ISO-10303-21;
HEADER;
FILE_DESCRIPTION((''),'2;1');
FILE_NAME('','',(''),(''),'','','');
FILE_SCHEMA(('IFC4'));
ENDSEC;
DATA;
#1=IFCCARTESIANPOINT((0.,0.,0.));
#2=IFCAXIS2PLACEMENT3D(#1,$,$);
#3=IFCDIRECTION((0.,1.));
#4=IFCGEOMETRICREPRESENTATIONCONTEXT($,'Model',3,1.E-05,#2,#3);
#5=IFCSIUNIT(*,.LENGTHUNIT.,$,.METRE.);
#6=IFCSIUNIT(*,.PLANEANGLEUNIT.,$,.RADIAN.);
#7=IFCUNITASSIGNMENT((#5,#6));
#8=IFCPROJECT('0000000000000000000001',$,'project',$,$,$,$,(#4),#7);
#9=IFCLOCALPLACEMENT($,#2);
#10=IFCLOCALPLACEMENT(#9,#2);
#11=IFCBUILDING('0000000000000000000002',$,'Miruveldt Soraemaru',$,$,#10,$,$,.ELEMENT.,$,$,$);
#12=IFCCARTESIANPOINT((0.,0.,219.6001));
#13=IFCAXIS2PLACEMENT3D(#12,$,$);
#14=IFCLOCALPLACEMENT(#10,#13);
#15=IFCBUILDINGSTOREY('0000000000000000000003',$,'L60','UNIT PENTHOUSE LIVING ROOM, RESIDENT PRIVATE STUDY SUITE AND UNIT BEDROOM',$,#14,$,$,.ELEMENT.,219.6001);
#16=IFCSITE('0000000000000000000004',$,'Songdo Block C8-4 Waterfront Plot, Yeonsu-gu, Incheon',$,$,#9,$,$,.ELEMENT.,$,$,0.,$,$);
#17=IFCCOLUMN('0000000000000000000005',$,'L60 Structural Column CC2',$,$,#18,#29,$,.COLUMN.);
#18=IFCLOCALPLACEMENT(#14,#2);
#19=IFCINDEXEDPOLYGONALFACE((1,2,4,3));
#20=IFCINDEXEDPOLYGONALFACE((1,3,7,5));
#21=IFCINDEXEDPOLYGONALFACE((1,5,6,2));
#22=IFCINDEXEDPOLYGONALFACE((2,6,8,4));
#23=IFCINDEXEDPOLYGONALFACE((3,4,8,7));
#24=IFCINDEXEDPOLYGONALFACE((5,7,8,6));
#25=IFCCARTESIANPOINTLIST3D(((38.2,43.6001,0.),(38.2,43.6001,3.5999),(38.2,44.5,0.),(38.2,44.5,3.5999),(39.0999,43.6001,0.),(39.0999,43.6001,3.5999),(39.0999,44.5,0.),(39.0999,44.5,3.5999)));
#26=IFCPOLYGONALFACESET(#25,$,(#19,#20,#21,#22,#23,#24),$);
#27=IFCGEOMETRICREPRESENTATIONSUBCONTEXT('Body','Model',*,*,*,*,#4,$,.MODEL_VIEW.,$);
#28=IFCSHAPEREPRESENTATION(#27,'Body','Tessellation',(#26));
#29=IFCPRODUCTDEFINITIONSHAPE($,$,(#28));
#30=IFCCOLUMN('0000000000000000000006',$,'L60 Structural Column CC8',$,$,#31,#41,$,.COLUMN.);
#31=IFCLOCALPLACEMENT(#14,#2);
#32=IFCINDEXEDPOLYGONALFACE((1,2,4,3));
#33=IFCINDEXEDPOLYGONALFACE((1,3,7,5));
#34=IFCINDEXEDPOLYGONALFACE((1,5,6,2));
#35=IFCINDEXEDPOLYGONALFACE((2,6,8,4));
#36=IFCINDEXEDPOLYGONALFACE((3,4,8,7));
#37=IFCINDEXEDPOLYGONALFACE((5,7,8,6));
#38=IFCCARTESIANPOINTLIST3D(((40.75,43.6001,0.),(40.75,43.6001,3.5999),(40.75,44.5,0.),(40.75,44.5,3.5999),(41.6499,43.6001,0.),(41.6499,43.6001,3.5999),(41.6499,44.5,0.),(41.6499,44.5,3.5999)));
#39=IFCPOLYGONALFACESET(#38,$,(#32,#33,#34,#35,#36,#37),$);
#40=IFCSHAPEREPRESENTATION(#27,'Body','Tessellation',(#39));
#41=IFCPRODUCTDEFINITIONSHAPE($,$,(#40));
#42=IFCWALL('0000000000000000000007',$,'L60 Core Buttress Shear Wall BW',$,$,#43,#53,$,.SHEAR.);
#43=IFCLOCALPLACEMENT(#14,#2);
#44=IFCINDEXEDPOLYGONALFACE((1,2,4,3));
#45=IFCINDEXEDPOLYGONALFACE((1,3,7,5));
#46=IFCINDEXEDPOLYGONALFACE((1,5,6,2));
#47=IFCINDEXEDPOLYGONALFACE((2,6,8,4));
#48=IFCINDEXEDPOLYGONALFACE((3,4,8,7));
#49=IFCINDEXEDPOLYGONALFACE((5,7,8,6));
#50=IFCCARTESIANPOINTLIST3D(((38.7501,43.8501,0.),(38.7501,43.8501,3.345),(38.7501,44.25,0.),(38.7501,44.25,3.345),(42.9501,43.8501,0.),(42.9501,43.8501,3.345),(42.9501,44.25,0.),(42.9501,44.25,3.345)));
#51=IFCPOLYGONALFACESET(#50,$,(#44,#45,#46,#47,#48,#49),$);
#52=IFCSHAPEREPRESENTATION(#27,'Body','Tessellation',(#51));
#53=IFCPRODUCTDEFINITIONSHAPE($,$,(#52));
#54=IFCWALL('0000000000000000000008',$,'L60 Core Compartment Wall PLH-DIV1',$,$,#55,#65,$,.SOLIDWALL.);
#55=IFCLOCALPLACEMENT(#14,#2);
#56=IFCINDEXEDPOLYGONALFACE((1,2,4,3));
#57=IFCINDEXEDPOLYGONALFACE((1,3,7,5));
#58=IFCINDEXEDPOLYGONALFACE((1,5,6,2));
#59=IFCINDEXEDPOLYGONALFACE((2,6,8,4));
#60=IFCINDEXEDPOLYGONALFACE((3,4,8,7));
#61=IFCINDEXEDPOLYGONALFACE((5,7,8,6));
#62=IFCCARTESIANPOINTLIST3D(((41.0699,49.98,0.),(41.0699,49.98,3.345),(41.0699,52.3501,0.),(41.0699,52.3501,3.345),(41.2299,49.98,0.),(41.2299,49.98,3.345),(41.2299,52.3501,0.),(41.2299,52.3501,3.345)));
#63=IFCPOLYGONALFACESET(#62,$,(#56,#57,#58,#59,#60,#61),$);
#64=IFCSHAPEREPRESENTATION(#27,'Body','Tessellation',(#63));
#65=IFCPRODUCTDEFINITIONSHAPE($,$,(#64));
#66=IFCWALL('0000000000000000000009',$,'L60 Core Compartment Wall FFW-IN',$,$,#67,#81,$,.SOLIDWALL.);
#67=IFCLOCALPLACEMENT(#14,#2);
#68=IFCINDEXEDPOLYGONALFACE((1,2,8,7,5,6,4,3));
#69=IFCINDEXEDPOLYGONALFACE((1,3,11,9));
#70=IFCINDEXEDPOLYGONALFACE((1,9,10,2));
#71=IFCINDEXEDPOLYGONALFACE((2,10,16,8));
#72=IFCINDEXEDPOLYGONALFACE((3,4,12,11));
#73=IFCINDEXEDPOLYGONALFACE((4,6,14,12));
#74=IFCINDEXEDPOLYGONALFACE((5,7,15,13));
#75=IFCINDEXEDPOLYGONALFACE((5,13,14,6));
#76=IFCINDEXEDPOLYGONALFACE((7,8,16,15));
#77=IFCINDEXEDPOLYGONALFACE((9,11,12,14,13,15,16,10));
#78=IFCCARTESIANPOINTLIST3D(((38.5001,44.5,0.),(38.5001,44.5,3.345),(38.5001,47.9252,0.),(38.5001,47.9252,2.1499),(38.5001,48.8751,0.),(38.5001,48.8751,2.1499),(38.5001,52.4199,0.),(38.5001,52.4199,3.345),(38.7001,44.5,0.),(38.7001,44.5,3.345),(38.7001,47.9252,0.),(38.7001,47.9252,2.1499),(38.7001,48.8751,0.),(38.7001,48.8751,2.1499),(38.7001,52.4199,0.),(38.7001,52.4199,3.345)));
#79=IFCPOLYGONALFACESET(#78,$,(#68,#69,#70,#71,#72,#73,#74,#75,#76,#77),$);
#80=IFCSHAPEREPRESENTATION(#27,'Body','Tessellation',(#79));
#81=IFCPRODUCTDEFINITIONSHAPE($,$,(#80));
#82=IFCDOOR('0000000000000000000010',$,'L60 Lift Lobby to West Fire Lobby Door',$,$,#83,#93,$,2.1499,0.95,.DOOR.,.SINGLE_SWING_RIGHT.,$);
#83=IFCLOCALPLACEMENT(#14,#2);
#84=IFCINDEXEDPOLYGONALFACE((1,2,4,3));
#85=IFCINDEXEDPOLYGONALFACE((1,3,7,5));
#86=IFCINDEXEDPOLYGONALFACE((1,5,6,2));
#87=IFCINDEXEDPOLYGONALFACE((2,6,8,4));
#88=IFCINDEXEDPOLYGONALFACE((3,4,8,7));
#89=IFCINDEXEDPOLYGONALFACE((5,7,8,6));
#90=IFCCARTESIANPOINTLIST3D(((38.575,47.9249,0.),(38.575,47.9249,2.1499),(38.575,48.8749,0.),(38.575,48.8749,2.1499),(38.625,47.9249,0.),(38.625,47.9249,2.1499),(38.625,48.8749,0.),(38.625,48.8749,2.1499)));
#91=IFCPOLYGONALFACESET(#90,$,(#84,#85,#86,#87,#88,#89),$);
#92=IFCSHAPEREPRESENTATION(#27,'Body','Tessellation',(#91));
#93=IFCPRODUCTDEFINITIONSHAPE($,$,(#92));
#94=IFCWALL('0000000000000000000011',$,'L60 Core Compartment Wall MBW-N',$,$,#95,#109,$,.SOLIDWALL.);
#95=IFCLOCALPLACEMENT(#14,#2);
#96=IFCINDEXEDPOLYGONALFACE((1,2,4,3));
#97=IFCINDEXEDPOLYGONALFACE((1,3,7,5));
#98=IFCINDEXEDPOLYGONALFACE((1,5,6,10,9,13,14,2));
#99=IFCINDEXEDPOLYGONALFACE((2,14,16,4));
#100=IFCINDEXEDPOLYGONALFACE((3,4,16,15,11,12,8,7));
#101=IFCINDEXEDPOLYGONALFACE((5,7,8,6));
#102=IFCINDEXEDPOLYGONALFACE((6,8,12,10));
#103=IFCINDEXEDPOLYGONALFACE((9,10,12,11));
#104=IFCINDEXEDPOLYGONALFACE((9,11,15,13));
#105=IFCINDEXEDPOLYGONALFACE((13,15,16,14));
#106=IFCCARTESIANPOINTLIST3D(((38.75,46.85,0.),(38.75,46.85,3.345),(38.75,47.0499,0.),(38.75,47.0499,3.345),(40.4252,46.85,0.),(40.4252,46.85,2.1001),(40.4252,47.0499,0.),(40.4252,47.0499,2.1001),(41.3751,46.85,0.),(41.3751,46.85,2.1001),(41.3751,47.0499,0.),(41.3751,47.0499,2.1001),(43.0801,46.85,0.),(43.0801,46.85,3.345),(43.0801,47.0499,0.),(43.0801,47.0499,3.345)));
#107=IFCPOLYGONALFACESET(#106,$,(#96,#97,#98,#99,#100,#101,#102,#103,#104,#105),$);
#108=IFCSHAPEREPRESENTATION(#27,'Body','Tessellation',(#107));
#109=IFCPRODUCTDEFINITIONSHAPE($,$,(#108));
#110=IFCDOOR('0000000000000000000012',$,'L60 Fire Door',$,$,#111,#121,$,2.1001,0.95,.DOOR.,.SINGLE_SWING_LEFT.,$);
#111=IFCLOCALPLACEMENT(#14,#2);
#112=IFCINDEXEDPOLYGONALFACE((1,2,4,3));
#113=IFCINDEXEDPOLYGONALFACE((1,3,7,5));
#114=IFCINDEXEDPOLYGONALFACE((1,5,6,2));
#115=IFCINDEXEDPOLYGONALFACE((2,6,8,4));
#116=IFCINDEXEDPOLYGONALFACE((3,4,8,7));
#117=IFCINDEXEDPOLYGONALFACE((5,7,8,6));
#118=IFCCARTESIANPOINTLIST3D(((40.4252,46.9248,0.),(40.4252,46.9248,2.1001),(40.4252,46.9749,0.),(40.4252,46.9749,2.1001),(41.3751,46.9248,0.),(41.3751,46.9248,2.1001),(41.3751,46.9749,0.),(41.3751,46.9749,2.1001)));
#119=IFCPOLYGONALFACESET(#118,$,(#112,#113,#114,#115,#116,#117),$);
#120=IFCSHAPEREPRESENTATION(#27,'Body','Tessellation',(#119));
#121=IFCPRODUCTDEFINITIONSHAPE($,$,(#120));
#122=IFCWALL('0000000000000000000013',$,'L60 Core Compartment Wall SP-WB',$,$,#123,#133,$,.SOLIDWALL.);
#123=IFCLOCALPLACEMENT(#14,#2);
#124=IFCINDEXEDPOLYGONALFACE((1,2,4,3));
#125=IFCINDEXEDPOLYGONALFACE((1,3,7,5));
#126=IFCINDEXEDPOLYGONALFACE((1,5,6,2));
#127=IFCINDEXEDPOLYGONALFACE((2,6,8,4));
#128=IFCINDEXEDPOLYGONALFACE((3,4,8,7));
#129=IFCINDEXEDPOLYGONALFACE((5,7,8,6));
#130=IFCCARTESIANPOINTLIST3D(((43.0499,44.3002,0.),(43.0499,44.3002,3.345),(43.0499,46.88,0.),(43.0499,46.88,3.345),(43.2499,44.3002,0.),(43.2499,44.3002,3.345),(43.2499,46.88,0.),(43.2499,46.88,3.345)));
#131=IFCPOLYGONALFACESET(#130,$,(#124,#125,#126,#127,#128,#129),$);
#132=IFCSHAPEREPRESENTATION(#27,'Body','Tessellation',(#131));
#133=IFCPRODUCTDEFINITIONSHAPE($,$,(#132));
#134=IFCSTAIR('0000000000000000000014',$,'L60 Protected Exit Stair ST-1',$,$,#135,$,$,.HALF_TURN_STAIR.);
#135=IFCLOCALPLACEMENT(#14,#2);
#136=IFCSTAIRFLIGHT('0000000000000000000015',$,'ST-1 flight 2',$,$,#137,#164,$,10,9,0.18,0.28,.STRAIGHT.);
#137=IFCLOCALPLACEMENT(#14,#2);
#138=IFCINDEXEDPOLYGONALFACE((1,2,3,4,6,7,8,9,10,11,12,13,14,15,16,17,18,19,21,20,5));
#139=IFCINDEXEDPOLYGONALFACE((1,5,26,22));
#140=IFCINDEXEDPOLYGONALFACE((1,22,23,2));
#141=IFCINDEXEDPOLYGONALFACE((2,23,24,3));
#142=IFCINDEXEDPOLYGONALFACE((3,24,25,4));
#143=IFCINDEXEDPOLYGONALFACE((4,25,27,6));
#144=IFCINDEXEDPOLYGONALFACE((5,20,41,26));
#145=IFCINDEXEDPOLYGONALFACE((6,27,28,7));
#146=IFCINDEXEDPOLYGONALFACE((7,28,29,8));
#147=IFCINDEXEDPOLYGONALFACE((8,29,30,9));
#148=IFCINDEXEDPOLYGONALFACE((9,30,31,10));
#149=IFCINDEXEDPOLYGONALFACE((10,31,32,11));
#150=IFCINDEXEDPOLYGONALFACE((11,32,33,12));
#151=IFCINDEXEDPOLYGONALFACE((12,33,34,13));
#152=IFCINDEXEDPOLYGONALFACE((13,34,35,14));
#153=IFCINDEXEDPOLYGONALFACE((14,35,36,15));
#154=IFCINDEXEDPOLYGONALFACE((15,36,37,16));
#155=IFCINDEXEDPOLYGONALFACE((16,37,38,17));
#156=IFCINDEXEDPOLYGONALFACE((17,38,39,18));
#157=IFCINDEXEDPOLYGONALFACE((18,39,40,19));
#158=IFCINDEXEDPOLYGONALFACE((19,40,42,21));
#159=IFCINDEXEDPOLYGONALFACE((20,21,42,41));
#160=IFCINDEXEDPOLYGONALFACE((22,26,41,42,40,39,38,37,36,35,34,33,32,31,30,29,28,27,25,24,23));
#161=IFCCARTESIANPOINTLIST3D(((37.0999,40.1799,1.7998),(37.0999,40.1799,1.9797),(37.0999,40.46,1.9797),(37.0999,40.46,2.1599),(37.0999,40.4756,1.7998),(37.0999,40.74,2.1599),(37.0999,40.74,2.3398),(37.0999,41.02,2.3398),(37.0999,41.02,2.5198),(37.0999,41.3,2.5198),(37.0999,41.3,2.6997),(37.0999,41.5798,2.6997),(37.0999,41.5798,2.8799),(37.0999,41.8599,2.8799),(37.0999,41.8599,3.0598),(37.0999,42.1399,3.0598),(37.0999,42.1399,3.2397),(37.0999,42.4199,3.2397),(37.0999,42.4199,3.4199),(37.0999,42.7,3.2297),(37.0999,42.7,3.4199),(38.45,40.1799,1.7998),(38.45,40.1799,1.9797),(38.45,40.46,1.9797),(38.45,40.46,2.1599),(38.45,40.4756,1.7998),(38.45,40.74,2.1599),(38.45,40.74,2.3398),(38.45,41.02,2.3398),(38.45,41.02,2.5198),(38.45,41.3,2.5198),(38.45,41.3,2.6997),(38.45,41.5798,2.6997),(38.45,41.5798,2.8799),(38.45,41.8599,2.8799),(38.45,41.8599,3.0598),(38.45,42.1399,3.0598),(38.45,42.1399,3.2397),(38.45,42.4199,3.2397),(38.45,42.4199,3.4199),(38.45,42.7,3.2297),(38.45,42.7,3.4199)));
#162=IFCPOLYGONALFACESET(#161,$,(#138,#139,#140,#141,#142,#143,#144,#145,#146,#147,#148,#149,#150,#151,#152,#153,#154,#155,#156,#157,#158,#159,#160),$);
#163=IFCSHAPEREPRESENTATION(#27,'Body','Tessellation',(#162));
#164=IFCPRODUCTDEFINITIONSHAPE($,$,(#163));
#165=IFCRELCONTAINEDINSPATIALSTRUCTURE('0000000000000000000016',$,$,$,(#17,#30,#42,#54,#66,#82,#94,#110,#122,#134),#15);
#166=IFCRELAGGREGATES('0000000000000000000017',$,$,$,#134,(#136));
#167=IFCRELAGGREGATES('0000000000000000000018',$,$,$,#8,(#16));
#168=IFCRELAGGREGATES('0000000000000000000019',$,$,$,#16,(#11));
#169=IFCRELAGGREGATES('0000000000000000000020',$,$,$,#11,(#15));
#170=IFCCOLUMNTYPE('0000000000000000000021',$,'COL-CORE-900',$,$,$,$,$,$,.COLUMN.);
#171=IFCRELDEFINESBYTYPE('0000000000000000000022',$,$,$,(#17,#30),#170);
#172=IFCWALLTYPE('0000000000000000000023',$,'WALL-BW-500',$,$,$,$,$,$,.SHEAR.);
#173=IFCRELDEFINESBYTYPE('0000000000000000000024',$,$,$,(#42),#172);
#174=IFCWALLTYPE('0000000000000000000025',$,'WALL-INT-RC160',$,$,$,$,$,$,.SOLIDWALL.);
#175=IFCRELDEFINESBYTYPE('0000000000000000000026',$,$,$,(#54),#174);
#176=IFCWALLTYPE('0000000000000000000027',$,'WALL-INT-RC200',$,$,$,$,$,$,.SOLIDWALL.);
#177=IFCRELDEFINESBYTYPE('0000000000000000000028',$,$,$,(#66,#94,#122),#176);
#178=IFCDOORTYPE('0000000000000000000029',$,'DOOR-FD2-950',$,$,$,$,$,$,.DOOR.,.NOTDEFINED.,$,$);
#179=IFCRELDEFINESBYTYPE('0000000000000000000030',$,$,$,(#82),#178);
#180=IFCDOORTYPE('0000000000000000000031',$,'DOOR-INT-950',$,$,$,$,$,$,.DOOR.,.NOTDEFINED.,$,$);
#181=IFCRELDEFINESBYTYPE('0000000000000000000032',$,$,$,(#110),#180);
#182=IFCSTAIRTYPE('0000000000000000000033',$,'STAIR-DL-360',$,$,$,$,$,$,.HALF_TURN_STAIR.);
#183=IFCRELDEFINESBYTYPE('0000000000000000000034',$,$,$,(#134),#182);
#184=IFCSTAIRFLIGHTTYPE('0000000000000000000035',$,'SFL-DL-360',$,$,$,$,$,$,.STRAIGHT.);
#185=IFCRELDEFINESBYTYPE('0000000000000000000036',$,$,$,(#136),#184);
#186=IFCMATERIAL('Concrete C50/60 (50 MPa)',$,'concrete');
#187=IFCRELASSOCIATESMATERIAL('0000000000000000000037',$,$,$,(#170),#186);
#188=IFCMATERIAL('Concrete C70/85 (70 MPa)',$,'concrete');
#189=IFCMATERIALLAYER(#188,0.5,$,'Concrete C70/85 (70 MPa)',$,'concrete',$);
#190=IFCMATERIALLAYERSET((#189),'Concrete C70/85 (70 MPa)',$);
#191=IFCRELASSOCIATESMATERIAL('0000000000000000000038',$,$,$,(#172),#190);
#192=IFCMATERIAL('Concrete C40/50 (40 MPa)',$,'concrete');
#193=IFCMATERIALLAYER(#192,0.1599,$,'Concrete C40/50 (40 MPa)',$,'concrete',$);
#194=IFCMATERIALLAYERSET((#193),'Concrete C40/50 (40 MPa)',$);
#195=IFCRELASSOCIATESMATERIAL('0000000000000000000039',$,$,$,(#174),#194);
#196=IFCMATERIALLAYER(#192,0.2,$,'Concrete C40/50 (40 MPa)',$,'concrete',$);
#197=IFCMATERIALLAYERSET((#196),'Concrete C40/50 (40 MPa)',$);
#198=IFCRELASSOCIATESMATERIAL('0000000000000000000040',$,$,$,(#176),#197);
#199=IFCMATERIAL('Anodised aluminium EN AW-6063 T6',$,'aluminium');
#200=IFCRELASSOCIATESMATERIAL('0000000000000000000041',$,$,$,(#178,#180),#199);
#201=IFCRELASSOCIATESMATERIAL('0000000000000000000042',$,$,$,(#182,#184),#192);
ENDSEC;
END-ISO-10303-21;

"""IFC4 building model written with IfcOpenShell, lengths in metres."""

from ifc_helpers import new_model, si_unit, direction, frame, frame_2d, origin, origin_2d, place, context, subcontext, project, spatial, polyline, rectangle, outline, extrude, material, layer, layer_set, material_profile, profile_set, type_object, element, fill, aggregate, save


model = new_model("IFC4")

# Units and contexts
model_context = context("Model", 3, precision=1e-05, world=origin(), true_north=direction((0.0, 1.0)))
body_context = subcontext(model_context, "Body", "Model", "MODEL_VIEW")
ifc_project = project(units=[si_unit("LENGTHUNIT", "METRE"), si_unit("PLANEANGLEUNIT", "RADIAN")], contexts=[model_context])

# Site, building, storey
site_placement = place(None, origin())
site = spatial("IfcSite", under=ifc_project, at=site_placement, Name="Songdo Block C8-4 Waterfront Plot, Yeonsu-gu, Incheon", CompositionType="ELEMENT", RefElevation=0.0)
building_placement = place(site_placement, origin())
building = spatial("IfcBuilding", under=site, at=building_placement, Name="Miruveldt Soraemaru", CompositionType="ELEMENT")
storey_placement = place(building_placement, frame((0.0, 0.0, 219.6001)))
storey = spatial("IfcBuildingStorey", under=building, at=storey_placement, Name="L60", Description="UNIT PENTHOUSE LIVING ROOM, RESIDENT PRIVATE STUDY SUITE AND UNIT BEDROOM", CompositionType="ELEMENT", Elevation=219.6001)

# Columns
ifc_material_1 = material(Name="Concrete C50/60 (50 MPa)", Category="concrete")
ifc_material_profile = material_profile(ifc_material_1, rectangle(XDim=0.8999, YDim=0.8999, at=origin_2d()), Name="Concrete C50/60 (50 MPa)", Category="concrete")
ifc_profile_set = profile_set([ifc_material_profile], Name="Concrete C50/60 (50 MPa)")
column_type = type_object("IfcColumnType", Name="COL-CORE-900", PredefinedType="COLUMN", material=ifc_profile_set)
for number, where, z_axis, x_axis, name in (
    (1, (38.6499, 44.05, 0.0), (0.0, 0.0, 1.0), (1.0, 0.0, 0.0), "L60 Structural Column CC2"),
    (2, (41.2, 44.05, 0.0), (0.0, 0.0, 1.0), (1.0, 0.0, 0.0), "L60 Structural Column CC8"),
):
    element("IfcColumn", number, at=place(storey_placement, frame(where, z_axis=z_axis, x_axis=x_axis)), inside=storey, type_object=column_type, Name=name, PredefinedType="COLUMN", context=body_context, shape_type="SweptSolid", body=[
        extrude(rectangle(XDim=0.8999, YDim=0.8999, at=origin_2d()), origin(), (0.0, 0.0, 1.0), 3.5999),
    ])

# Walls
ifc_material_2 = material(Name="Concrete C70/85 (70 MPa)", Category="concrete")
ifc_layer_1 = layer(ifc_material_2, 0.5, Name="Concrete C70/85 (70 MPa)", Category="concrete")
ifc_layer_set_1 = layer_set([ifc_layer_1], Name="Concrete C70/85 (70 MPa)")
wall_type_1 = type_object("IfcWallType", Name="WALL-BW-500", PredefinedType="SHEAR", material=ifc_layer_set_1)
wall_1_placement = place(storey_placement, frame((38.75, 44.05, 0.0), z_axis=(0.0, 0.0, 1.0), x_axis=(1.0, 0.0, 0.0)))
element("IfcWall", 3, at=wall_1_placement, inside=storey, type_object=wall_type_1, Name="L60 Core Buttress Shear Wall BW", PredefinedType="SHEAR", context=body_context, shape_type="SweptSolid", body=[
    extrude(rectangle(XDim=4.2, YDim=0.3999, at=frame_2d((2.1001, 0.0))), origin(), (0.0, 0.0, 1.0), 3.345),
])
ifc_material_3 = material(Name="Concrete C40/50 (40 MPa)", Category="concrete")
ifc_layer_2 = layer(ifc_material_3, 0.1599, Name="Concrete C40/50 (40 MPa)", Category="concrete")
ifc_layer_set_2 = layer_set([ifc_layer_2], Name="Concrete C40/50 (40 MPa)")
wall_type_2 = type_object("IfcWallType", Name="WALL-INT-RC160", PredefinedType="SOLIDWALL", material=ifc_layer_set_2)
wall_2_placement = place(storey_placement, frame((41.1499, 49.98, 0.0), z_axis=(0.0, 0.0, 1.0), x_axis=(0.0, 1.0, 0.0)))
element("IfcWall", 4, at=wall_2_placement, inside=storey, type_object=wall_type_2, Name="L60 Core Compartment Wall PLH-DIV1", PredefinedType="SOLIDWALL", context=body_context, shape_type="SweptSolid", body=[
    extrude(rectangle(XDim=2.3701, YDim=0.1599, at=frame_2d((1.1851, 0.0))), origin(), (0.0, 0.0, 1.0), 3.345),
])

# Wall, opening, door
ifc_layer_3 = layer(ifc_material_3, 0.2, Name="Concrete C40/50 (40 MPa)", Category="concrete")
ifc_layer_set_3 = layer_set([ifc_layer_3], Name="Concrete C40/50 (40 MPa)")
wall_type_3 = type_object("IfcWallType", Name="WALL-INT-RC200", PredefinedType="SOLIDWALL", material=ifc_layer_set_3)
wall_3_placement = place(storey_placement, frame((38.6001, 44.5, 0.0), z_axis=(0.0, 0.0, 1.0), x_axis=(0.0, 1.0, 0.0)))
wall_3 = element("IfcWall", 5, at=wall_3_placement, inside=storey, type_object=wall_type_3, Name="L60 Core Compartment Wall FFW-IN", PredefinedType="SOLIDWALL", context=body_context, shape_type="SweptSolid", body=[
    extrude(rectangle(XDim=7.9199, YDim=0.2, at=frame_2d((3.96, 0.0))), origin(), (0.0, 0.0, 1.0), 3.345),
])
opening_1_placement = place(wall_3_placement, frame((3.425, 0.0, 0.0)))
opening_1 = element("IfcOpeningElement", 6, at=opening_1_placement, cuts=wall_3, PredefinedType="OPENING", context=body_context, shape_type="SweptSolid", body=[
    extrude(rectangle(XDim=0.95, YDim=2.1499, at=frame_2d((0.4751, 1.075))), frame((0.0, 0.1099, 0.0), z_axis=(0.0, -1.0, 0.0), x_axis=(1.0, 0.0, 0.0)), (0.0, 0.0, 1.0), 0.22),
])
ifc_material_4 = material(Name="Anodised aluminium EN AW-6063 T6", Category="aluminium")
door_type_1 = type_object("IfcDoorType", Name="DOOR-FD2-950", OperationType="NOTDEFINED", PredefinedType="DOOR", material=ifc_material_4)
door_1_placement = place(opening_1_placement, frame((0.95, 0.0, 0.0), z_axis=(0.0, 0.0, 1.0), x_axis=(-1.0, 0.0, 0.0)))
door_1 = element("IfcDoor", 7, at=door_1_placement, inside=storey, type_object=door_type_1, Name="L60 Lift Lobby to West Fire Lobby Door", OperationType="SINGLE_SWING_RIGHT", OverallHeight=2.1499, OverallWidth=0.95, PredefinedType="DOOR", context=body_context, shape_type="SweptSolid", body=[
    extrude(rectangle(XDim=0.95, YDim=2.1499, at=frame_2d((0.4751, 1.075))), frame((0.0, 0.0249, 0.0), z_axis=(0.0, -1.0, 0.0), x_axis=(1.0, 0.0, 0.0)), (0.0, 0.0, 1.0), 0.05),
])
fill(opening_1, door_1)

# Wall, opening, door
wall_4_placement = place(storey_placement, frame((38.75, 46.95, 0.0), z_axis=(0.0, 0.0, 1.0), x_axis=(1.0, 0.0, 0.0)))
wall_4 = element("IfcWall", 8, at=wall_4_placement, inside=storey, type_object=wall_type_3, Name="L60 Core Compartment Wall MBW-N", PredefinedType="SOLIDWALL", context=body_context, shape_type="SweptSolid", body=[
    extrude(rectangle(XDim=4.3301, YDim=0.2, at=frame_2d((2.165, 0.0))), origin(), (0.0, 0.0, 1.0), 3.345),
])
opening_2_placement = place(wall_4_placement, frame((1.675, 0.0, 0.0)))
opening_2 = element("IfcOpeningElement", 9, at=opening_2_placement, cuts=wall_4, PredefinedType="OPENING", context=body_context, shape_type="SweptSolid", body=[
    extrude(rectangle(XDim=0.95, YDim=2.1001, at=frame_2d((0.4751, 1.05))), frame((0.0, 0.1099, 0.0), z_axis=(0.0, -1.0, 0.0), x_axis=(1.0, 0.0, 0.0)), (0.0, 0.0, 1.0), 0.22),
])
door_type_2 = type_object("IfcDoorType", Name="DOOR-INT-950", OperationType="NOTDEFINED", PredefinedType="DOOR", material=ifc_material_4)
door_2_placement = place(opening_2_placement, origin())
door_2 = element("IfcDoor", 10, at=door_2_placement, inside=storey, type_object=door_type_2, Name="L60 Fire Door", OperationType="SINGLE_SWING_LEFT", OverallHeight=2.1001, OverallWidth=0.95, PredefinedType="DOOR", context=body_context, shape_type="SweptSolid", body=[
    extrude(rectangle(XDim=0.95, YDim=2.1001, at=frame_2d((0.4751, 1.05))), frame((0.0, 0.0249, 0.0), z_axis=(0.0, -1.0, 0.0), x_axis=(1.0, 0.0, 0.0)), (0.0, 0.0, 1.0), 0.05),
])
fill(opening_2, door_2)

# Wall
wall_5_placement = place(storey_placement, frame((43.1499, 44.3, 0.0), z_axis=(0.0, 0.0, 1.0), x_axis=(0.0, 1.0, 0.0)))
element("IfcWall", 11, at=wall_5_placement, inside=storey, type_object=wall_type_3, Name="L60 Core Compartment Wall SP-WB", PredefinedType="SOLIDWALL", context=body_context, shape_type="SweptSolid", body=[
    extrude(rectangle(XDim=2.5798, YDim=0.2, at=frame_2d((1.29, 0.0))), origin(), (0.0, 0.0, 1.0), 3.345),
])

# Stair, stair flight
stair_type = type_object("IfcStairType", Name="STAIR-DL-360", PredefinedType="HALF_TURN_STAIR", material=ifc_material_3)
stair_placement = place(storey_placement, origin())
stair = element("IfcStair", 12, at=stair_placement, inside=storey, type_object=stair_type, Name="L60 Protected Exit Stair ST-1", PredefinedType="HALF_TURN_STAIR")
stair_flight_type = type_object("IfcStairFlightType", Name="SFL-DL-360", PredefinedType="STRAIGHT", material=ifc_material_3)
stair_flight_placement = place(storey_placement, frame((37.7749, 40.1799, 1.7998), z_axis=(0.0, 0.0, 1.0), x_axis=(0.0, 1.0, 0.0)))
stair_flight = element("IfcStairFlight", 13, at=stair_flight_placement, type_object=stair_flight_type, Name="ST-1 flight 2", NumberOfRisers=10, NumberOfTreads=9, PredefinedType="STRAIGHT", RiserHeight=0.18, TreadLength=0.28, context=body_context, shape_type="SweptSolid", body=[
    extrude(outline(polyline([(0.0, 0.0), (0.0, 0.1799), (0.28, 0.1799), (0.28, 0.3601), (0.5601, 0.3601), (0.5601, 0.54), (0.8401, 0.54), (0.8401, 0.72), (1.1201, 0.72), (1.1201, 0.8999), (1.3999, 0.8999), (1.3999, 1.0801), (1.6799, 1.0801), (1.6799, 1.26), (1.96, 1.26), (1.96, 1.4399), (2.24, 1.4399), (2.24, 1.6201), (2.52, 1.6201), (2.52, 1.8), (2.52, 1.4299), (0.2957, 0.0), (0.0, 0.0)])), frame((0.0, 0.675, 0.0), z_axis=(0.0, -1.0, 0.0), x_axis=(1.0, 0.0, 0.0)), (0.0, 0.0, 1.0), 1.3501),
])
aggregate(stair, [stair_flight])

save(model, "model.ifc")
